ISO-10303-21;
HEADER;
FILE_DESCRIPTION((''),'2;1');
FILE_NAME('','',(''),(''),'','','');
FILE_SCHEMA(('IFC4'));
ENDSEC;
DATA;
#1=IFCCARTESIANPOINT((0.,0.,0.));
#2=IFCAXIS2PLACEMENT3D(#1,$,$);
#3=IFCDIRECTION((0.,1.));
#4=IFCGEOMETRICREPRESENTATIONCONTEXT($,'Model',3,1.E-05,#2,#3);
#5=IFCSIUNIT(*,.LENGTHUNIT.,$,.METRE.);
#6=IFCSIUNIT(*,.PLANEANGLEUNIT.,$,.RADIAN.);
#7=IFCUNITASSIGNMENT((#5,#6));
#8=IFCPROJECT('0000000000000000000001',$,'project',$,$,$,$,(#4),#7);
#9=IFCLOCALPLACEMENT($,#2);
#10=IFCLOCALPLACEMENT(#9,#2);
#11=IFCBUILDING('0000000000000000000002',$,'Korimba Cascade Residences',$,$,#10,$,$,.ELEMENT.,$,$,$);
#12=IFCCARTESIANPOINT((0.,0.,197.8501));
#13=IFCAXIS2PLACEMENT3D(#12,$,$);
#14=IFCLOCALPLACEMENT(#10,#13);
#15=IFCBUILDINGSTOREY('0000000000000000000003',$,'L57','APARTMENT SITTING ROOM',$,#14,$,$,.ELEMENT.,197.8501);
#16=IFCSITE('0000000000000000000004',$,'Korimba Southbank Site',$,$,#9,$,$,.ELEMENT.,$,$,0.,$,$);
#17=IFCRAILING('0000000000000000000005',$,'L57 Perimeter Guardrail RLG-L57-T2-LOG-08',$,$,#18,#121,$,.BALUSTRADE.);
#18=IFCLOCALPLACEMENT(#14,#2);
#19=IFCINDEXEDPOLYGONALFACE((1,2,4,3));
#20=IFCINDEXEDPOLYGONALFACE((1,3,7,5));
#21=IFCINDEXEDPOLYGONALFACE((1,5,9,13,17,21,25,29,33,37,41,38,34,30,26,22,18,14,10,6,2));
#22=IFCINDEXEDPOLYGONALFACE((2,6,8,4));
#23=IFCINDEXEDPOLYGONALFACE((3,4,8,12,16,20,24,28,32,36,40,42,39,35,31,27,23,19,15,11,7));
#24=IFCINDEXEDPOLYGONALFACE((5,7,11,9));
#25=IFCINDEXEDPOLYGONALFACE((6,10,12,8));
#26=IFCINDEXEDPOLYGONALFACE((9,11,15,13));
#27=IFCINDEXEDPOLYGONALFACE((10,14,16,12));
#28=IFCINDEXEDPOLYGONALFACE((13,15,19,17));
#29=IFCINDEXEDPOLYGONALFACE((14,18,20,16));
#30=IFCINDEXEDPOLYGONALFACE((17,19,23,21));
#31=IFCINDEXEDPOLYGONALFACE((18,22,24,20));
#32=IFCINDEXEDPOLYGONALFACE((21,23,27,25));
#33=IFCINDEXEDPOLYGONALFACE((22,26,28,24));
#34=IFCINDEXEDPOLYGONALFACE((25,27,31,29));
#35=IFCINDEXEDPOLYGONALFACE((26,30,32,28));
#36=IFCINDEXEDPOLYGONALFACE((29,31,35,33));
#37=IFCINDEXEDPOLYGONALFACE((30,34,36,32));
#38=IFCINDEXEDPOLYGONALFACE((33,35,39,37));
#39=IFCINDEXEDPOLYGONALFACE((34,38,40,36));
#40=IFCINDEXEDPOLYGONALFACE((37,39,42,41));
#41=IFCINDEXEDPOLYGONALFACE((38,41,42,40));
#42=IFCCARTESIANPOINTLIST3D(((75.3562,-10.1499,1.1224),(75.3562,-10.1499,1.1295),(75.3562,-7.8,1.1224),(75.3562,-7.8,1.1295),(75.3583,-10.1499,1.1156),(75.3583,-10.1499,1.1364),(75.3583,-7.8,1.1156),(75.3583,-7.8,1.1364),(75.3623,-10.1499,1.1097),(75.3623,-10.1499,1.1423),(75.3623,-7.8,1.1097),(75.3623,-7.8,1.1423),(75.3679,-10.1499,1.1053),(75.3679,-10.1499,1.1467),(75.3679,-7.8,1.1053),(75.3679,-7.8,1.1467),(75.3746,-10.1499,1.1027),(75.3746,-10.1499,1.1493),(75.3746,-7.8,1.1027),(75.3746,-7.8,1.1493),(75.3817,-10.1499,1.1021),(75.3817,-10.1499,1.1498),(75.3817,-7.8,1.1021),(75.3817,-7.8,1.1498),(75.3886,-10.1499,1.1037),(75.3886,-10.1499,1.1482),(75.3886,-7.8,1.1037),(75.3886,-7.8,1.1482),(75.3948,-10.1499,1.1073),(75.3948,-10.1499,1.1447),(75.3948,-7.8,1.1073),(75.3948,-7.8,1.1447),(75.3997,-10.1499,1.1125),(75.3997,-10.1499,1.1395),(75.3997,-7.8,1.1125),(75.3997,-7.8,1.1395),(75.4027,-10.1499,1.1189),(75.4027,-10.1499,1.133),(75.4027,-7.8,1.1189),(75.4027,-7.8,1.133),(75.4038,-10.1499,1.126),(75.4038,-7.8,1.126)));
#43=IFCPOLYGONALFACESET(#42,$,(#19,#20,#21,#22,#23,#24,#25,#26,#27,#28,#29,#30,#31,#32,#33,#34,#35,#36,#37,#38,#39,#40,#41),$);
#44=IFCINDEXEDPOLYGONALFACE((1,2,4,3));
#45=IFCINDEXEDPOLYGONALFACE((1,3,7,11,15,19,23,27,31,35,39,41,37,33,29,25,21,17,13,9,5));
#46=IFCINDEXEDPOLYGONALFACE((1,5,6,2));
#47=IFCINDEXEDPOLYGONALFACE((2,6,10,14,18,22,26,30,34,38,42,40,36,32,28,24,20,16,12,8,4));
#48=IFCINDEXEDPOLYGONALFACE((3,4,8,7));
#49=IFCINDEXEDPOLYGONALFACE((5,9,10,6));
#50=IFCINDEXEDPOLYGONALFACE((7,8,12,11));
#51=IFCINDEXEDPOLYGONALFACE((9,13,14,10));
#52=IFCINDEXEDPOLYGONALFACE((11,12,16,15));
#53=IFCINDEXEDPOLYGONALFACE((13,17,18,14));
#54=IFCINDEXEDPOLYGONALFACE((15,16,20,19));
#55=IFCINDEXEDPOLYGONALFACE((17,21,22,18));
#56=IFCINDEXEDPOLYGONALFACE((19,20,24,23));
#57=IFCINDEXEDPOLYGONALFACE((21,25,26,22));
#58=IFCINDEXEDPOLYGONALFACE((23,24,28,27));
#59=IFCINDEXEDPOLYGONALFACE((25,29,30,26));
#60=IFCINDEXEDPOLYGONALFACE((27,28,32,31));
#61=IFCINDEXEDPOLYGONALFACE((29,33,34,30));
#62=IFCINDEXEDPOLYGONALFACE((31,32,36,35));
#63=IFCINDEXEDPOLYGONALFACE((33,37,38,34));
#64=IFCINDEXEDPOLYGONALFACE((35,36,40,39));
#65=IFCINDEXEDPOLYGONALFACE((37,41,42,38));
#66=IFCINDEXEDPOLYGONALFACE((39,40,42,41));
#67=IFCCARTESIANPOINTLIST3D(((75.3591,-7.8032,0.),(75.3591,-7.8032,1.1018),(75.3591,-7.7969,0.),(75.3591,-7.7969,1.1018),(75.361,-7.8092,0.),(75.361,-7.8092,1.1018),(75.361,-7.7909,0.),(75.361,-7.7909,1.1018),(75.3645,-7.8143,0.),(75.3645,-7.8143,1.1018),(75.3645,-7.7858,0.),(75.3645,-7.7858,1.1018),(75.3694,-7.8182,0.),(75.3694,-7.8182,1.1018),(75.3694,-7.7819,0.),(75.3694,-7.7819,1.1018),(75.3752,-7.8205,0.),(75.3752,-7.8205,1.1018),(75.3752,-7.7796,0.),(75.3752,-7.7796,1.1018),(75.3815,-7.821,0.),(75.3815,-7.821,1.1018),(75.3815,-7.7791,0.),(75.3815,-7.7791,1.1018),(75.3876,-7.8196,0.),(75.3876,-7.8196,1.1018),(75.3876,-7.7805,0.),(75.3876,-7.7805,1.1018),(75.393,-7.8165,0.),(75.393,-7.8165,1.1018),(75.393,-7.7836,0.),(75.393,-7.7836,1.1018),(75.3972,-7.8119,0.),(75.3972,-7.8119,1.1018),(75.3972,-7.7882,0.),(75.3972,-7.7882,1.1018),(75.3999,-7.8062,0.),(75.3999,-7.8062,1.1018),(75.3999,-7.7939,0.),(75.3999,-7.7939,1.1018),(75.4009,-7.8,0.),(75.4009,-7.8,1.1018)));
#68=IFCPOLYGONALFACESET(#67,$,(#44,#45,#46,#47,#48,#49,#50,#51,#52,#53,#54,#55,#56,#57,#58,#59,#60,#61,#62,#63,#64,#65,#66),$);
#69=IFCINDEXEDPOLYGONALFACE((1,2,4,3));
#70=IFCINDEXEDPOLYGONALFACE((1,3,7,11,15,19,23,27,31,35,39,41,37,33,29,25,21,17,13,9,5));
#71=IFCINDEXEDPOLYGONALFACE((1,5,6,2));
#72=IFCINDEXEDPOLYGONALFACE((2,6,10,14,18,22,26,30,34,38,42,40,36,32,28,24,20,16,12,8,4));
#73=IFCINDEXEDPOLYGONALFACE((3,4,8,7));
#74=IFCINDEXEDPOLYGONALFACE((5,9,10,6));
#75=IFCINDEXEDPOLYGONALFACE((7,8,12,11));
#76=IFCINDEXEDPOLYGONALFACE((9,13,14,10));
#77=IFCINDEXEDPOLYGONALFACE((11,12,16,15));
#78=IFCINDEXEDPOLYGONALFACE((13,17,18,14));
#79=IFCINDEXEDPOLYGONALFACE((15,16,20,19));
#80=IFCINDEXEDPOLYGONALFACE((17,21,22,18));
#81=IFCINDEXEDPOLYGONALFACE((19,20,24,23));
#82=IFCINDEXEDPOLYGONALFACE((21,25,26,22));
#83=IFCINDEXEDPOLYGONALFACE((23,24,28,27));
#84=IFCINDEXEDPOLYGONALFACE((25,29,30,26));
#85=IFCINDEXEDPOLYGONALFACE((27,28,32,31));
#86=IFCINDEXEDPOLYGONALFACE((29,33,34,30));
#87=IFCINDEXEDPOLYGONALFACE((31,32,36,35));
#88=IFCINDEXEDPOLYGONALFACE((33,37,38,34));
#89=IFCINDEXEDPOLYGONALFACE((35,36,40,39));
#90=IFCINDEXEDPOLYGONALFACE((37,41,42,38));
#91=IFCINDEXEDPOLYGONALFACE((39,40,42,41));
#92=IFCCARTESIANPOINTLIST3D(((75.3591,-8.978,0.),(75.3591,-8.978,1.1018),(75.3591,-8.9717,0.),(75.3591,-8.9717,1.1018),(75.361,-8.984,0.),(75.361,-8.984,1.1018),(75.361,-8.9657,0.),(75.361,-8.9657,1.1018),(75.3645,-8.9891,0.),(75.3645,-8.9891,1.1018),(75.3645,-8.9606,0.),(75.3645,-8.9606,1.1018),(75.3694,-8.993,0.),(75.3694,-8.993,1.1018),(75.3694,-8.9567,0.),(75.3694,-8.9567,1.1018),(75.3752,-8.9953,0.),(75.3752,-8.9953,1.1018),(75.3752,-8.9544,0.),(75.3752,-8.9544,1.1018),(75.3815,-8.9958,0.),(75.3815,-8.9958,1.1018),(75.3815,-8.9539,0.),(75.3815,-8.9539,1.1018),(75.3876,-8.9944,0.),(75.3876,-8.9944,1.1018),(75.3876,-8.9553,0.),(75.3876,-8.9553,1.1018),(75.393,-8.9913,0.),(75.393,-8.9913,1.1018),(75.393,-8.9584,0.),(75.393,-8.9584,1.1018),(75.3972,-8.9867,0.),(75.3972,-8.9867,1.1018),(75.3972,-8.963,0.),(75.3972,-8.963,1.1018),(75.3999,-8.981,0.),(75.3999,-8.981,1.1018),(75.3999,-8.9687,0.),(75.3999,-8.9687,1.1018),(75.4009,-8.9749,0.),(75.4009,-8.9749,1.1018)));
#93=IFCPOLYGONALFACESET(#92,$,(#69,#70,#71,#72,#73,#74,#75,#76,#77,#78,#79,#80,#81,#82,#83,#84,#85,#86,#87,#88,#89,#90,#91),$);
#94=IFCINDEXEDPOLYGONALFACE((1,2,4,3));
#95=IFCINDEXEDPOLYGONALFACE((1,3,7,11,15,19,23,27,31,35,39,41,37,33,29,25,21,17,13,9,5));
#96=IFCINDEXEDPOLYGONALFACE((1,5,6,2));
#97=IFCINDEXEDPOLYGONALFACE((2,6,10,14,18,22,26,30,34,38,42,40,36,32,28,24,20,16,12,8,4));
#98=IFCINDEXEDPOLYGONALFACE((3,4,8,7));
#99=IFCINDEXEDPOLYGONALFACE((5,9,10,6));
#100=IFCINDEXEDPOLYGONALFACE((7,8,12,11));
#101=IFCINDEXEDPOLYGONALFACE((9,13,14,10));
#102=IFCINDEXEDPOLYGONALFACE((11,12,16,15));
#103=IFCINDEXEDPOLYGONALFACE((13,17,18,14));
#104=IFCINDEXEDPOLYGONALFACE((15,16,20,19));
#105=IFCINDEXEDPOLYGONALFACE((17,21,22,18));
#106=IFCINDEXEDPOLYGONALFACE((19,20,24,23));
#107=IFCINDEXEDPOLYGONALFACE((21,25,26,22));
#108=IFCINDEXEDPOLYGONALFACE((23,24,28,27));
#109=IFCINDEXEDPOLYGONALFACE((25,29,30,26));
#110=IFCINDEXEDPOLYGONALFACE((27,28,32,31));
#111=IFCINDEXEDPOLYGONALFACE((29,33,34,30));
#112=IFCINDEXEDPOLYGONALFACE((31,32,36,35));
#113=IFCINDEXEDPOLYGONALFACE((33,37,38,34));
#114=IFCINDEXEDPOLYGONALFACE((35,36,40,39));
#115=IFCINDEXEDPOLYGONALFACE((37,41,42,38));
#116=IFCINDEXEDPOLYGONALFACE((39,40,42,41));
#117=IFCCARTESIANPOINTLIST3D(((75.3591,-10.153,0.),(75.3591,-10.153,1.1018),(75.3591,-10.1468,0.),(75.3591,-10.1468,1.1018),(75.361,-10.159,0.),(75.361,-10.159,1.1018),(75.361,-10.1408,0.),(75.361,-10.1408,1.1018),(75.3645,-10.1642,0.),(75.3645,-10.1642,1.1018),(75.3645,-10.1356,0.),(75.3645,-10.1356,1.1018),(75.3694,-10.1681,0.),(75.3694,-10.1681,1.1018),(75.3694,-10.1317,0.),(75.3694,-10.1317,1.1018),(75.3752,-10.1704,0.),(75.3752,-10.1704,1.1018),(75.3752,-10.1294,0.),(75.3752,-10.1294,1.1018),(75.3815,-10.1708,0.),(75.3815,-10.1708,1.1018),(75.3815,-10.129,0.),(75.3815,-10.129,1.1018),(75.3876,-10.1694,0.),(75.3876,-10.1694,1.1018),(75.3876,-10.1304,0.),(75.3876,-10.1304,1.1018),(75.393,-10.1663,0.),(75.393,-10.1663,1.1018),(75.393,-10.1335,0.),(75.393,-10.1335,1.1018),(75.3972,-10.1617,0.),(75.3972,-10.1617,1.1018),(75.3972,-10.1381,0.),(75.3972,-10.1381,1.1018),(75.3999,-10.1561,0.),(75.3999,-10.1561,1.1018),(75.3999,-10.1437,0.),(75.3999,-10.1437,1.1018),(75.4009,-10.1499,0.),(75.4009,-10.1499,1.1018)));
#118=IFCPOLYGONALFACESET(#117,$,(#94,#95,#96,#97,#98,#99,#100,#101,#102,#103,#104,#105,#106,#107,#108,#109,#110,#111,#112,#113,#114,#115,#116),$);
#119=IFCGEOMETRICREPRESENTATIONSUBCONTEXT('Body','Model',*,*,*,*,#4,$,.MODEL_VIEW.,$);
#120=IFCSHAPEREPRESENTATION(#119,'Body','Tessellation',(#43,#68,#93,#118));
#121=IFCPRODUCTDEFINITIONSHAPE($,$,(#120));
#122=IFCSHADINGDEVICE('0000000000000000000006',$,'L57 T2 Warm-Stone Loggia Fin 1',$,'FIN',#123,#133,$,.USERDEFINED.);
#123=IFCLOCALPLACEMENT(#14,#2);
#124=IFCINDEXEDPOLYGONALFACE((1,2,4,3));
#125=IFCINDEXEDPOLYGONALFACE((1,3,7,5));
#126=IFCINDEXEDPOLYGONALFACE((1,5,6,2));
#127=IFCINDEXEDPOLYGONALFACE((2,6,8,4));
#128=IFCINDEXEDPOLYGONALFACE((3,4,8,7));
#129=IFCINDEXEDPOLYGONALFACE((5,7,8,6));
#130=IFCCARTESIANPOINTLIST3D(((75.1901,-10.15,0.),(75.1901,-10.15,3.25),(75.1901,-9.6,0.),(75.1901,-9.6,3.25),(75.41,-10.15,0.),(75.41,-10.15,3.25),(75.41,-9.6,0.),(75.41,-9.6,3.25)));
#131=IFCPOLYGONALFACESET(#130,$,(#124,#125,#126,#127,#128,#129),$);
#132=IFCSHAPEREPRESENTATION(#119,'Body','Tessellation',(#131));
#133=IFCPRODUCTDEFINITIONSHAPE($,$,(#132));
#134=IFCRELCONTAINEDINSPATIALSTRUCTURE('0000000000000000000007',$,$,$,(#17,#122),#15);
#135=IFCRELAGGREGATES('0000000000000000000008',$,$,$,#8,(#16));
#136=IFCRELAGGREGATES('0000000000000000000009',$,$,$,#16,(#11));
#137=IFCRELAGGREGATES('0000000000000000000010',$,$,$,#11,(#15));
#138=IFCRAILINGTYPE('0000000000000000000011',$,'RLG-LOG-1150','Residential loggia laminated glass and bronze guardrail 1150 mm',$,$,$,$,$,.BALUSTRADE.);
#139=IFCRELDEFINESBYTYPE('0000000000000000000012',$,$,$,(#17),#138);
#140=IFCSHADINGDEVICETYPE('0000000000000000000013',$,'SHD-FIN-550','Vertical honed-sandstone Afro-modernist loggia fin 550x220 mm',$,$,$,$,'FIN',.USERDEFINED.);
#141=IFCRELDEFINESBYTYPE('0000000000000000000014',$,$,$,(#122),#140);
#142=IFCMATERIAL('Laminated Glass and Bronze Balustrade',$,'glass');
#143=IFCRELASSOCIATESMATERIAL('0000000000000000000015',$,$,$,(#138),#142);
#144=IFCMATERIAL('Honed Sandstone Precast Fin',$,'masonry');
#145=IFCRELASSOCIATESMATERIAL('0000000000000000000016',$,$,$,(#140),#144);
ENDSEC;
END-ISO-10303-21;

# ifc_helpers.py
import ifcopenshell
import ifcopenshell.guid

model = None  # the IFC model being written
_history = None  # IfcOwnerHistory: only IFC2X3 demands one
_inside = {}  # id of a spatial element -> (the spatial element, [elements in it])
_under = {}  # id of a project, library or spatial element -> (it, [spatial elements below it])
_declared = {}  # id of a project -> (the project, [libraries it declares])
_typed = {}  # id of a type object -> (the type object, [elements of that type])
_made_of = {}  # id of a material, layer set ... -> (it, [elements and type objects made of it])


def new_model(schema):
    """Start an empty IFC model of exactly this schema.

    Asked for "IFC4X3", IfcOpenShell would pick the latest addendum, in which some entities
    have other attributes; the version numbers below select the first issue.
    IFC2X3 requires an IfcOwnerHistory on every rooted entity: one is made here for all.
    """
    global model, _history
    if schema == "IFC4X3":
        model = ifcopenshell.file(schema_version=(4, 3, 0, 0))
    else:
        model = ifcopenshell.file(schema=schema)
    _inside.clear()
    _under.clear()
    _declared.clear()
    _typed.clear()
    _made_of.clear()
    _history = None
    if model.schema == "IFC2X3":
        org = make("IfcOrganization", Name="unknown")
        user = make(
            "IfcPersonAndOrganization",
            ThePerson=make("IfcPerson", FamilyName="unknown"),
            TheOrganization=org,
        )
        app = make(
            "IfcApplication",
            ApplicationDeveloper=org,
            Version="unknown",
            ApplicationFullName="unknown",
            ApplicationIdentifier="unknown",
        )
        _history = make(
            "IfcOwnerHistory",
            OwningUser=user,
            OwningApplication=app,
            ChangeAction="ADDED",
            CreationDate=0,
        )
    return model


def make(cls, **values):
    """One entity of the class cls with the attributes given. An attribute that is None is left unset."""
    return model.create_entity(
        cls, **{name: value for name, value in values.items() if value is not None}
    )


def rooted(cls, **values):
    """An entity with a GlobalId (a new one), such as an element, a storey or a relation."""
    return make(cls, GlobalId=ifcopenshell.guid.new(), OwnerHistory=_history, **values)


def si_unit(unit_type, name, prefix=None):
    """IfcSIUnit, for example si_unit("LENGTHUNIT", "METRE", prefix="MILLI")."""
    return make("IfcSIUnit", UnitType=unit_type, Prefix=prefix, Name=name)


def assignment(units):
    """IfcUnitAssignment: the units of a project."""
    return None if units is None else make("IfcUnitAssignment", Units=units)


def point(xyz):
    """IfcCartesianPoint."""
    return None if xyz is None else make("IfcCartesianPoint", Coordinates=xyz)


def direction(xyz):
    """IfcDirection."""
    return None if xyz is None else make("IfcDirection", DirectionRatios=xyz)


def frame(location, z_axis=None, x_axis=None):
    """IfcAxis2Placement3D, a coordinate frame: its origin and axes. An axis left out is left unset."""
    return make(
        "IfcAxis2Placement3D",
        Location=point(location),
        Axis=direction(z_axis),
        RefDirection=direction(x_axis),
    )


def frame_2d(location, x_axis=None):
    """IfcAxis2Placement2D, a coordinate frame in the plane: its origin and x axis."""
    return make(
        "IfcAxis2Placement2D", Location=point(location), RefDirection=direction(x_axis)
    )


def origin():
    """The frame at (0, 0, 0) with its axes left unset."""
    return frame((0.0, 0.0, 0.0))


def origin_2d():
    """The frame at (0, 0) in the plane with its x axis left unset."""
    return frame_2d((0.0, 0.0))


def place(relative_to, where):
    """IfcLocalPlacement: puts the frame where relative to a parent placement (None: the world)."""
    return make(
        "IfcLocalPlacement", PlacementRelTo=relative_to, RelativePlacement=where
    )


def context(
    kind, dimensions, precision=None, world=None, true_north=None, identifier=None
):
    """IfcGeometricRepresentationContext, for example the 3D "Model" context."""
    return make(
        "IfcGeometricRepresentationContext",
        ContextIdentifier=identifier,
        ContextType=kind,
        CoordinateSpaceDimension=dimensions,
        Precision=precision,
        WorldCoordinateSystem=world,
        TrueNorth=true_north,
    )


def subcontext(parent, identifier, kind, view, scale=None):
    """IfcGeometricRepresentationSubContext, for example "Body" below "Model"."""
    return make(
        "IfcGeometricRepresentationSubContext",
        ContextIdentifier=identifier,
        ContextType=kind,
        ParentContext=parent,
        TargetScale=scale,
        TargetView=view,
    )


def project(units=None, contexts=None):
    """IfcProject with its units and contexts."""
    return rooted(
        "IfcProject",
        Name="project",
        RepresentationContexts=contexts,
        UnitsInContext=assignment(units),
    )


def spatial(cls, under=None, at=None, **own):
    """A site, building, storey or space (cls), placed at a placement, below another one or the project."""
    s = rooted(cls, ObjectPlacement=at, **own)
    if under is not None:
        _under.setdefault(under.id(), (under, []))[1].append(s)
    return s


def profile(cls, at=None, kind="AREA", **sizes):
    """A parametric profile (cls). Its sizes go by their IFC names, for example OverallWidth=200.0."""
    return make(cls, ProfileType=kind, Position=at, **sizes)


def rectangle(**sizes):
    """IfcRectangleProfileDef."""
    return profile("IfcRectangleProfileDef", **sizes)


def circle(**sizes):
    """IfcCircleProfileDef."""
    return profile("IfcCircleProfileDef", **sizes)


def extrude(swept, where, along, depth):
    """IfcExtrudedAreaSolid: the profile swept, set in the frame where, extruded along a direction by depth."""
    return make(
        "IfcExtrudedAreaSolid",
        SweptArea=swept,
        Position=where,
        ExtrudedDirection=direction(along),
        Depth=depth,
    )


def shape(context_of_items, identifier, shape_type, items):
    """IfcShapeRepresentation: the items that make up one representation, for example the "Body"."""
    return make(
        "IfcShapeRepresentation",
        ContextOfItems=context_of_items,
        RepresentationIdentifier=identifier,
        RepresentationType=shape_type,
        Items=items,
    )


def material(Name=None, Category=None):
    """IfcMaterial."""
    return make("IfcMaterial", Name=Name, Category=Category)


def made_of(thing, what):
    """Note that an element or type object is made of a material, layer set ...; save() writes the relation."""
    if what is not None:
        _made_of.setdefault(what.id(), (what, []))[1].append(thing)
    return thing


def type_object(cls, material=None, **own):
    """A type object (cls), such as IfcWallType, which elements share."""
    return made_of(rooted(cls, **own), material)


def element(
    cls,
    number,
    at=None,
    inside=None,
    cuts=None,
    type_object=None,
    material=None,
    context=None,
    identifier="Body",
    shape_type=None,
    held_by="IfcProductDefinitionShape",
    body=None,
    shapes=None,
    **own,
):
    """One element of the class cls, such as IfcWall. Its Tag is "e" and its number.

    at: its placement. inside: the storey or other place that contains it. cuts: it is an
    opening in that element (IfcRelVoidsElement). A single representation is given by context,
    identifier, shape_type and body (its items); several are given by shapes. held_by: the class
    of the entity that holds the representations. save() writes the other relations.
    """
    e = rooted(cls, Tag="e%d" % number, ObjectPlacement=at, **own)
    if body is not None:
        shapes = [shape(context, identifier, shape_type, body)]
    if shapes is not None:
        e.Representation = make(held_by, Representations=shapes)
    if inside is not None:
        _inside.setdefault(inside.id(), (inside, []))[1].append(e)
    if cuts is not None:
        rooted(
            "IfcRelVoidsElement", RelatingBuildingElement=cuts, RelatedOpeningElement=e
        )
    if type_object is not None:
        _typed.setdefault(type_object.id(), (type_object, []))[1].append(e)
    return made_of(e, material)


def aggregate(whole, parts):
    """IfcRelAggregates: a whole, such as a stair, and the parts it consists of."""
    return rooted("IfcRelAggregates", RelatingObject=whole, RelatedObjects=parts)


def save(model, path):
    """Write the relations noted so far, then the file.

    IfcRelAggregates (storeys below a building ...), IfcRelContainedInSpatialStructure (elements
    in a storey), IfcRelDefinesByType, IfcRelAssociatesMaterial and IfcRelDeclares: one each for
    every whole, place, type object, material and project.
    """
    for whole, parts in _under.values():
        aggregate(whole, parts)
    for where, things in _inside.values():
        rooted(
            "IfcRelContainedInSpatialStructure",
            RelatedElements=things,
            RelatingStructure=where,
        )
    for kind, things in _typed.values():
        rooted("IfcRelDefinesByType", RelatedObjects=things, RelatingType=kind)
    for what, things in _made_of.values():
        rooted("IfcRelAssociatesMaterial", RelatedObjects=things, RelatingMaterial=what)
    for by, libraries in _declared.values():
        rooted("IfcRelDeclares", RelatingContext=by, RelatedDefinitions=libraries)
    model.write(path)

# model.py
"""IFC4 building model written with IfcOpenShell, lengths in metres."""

from ifc_helpers import new_model, si_unit, direction, frame, origin, origin_2d, place, context, subcontext, project, spatial, rectangle, circle, extrude, material, type_object, element, save


model = new_model("IFC4")

# Units and contexts
model_context = context("Model", 3, precision=1e-05, world=origin(), true_north=direction((0.0, 1.0)))
body_context = subcontext(model_context, "Body", "Model", "MODEL_VIEW")
ifc_project = project(units=[si_unit("LENGTHUNIT", "METRE"), si_unit("PLANEANGLEUNIT", "RADIAN")], contexts=[model_context])

# Site, building, storey
site_placement = place(None, origin())
site = spatial("IfcSite", under=ifc_project, at=site_placement, Name="Korimba Southbank Site", CompositionType="ELEMENT", RefElevation=0.0)
building_placement = place(site_placement, origin())
building = spatial("IfcBuilding", under=site, at=building_placement, Name="Korimba Cascade Residences", CompositionType="ELEMENT")
storey_placement = place(building_placement, frame((0.0, 0.0, 197.8501)))
storey = spatial("IfcBuildingStorey", under=building, at=storey_placement, Name="L57", Description="APARTMENT SITTING ROOM", CompositionType="ELEMENT", Elevation=197.8501)

# Railing
ifc_material_1 = material(Name="Laminated Glass and Bronze Balustrade", Category="glass")
railing_type = type_object("IfcRailingType", Name="RLG-LOG-1150", Description="Residential loggia laminated glass and bronze guardrail 1150 mm", PredefinedType="BALUSTRADE", material=ifc_material_1)
railing_1_placement = place(storey_placement, frame((75.3799, -7.8, 0.0)))
element("IfcRailing", 1, at=railing_1_placement, inside=storey, type_object=railing_type, Name="L57 Perimeter Guardrail RLG-L57-T2-LOG-08", PredefinedType="BALUSTRADE", context=body_context, shape_type="SweptSolid", body=[
    extrude(circle(Radius=0.0239, at=origin_2d()), frame((0.0, 0.0, 1.126), z_axis=(0.0, -1.0, 0.0), x_axis=(1.0, 0.0, 0.0)), (0.0, 0.0, 1.0), 2.3499),
    extrude(circle(Radius=0.021, at=origin_2d()), origin(), (0.0, 0.0, 1.0), 1.1018),
    extrude(circle(Radius=0.021, at=origin_2d()), frame((0.0, -1.1748, 0.0)), (0.0, 0.0, 1.0), 1.1018),
    extrude(circle(Radius=0.021, at=origin_2d()), frame((0.0, -2.3499, 0.0)), (0.0, 0.0, 1.0), 1.1018),
])

# Shading device
ifc_material_2 = material(Name="Honed Sandstone Precast Fin", Category="masonry")
shading_device_type = type_object("IfcShadingDeviceType", Name="SHD-FIN-550", Description="Vertical honed-sandstone Afro-modernist loggia fin 550x220 mm", ElementType="FIN", PredefinedType="USERDEFINED", material=ifc_material_2)
shading_device_placement = place(storey_placement, frame((75.3, -9.875, 0.0), z_axis=(0.0, 0.0, 1.0), x_axis=(1.0, 0.0, 0.0)))
element("IfcShadingDevice", 2, at=shading_device_placement, inside=storey, type_object=shading_device_type, Name="L57 T2 Warm-Stone Loggia Fin 1", ObjectType="FIN", PredefinedType="USERDEFINED", context=body_context, shape_type="SweptSolid", body=[
    extrude(rectangle(XDim=0.22, YDim=0.55, at=origin_2d()), origin(), (0.0, 0.0, 1.0), 3.25),
])

save(model, "model.ifc")
